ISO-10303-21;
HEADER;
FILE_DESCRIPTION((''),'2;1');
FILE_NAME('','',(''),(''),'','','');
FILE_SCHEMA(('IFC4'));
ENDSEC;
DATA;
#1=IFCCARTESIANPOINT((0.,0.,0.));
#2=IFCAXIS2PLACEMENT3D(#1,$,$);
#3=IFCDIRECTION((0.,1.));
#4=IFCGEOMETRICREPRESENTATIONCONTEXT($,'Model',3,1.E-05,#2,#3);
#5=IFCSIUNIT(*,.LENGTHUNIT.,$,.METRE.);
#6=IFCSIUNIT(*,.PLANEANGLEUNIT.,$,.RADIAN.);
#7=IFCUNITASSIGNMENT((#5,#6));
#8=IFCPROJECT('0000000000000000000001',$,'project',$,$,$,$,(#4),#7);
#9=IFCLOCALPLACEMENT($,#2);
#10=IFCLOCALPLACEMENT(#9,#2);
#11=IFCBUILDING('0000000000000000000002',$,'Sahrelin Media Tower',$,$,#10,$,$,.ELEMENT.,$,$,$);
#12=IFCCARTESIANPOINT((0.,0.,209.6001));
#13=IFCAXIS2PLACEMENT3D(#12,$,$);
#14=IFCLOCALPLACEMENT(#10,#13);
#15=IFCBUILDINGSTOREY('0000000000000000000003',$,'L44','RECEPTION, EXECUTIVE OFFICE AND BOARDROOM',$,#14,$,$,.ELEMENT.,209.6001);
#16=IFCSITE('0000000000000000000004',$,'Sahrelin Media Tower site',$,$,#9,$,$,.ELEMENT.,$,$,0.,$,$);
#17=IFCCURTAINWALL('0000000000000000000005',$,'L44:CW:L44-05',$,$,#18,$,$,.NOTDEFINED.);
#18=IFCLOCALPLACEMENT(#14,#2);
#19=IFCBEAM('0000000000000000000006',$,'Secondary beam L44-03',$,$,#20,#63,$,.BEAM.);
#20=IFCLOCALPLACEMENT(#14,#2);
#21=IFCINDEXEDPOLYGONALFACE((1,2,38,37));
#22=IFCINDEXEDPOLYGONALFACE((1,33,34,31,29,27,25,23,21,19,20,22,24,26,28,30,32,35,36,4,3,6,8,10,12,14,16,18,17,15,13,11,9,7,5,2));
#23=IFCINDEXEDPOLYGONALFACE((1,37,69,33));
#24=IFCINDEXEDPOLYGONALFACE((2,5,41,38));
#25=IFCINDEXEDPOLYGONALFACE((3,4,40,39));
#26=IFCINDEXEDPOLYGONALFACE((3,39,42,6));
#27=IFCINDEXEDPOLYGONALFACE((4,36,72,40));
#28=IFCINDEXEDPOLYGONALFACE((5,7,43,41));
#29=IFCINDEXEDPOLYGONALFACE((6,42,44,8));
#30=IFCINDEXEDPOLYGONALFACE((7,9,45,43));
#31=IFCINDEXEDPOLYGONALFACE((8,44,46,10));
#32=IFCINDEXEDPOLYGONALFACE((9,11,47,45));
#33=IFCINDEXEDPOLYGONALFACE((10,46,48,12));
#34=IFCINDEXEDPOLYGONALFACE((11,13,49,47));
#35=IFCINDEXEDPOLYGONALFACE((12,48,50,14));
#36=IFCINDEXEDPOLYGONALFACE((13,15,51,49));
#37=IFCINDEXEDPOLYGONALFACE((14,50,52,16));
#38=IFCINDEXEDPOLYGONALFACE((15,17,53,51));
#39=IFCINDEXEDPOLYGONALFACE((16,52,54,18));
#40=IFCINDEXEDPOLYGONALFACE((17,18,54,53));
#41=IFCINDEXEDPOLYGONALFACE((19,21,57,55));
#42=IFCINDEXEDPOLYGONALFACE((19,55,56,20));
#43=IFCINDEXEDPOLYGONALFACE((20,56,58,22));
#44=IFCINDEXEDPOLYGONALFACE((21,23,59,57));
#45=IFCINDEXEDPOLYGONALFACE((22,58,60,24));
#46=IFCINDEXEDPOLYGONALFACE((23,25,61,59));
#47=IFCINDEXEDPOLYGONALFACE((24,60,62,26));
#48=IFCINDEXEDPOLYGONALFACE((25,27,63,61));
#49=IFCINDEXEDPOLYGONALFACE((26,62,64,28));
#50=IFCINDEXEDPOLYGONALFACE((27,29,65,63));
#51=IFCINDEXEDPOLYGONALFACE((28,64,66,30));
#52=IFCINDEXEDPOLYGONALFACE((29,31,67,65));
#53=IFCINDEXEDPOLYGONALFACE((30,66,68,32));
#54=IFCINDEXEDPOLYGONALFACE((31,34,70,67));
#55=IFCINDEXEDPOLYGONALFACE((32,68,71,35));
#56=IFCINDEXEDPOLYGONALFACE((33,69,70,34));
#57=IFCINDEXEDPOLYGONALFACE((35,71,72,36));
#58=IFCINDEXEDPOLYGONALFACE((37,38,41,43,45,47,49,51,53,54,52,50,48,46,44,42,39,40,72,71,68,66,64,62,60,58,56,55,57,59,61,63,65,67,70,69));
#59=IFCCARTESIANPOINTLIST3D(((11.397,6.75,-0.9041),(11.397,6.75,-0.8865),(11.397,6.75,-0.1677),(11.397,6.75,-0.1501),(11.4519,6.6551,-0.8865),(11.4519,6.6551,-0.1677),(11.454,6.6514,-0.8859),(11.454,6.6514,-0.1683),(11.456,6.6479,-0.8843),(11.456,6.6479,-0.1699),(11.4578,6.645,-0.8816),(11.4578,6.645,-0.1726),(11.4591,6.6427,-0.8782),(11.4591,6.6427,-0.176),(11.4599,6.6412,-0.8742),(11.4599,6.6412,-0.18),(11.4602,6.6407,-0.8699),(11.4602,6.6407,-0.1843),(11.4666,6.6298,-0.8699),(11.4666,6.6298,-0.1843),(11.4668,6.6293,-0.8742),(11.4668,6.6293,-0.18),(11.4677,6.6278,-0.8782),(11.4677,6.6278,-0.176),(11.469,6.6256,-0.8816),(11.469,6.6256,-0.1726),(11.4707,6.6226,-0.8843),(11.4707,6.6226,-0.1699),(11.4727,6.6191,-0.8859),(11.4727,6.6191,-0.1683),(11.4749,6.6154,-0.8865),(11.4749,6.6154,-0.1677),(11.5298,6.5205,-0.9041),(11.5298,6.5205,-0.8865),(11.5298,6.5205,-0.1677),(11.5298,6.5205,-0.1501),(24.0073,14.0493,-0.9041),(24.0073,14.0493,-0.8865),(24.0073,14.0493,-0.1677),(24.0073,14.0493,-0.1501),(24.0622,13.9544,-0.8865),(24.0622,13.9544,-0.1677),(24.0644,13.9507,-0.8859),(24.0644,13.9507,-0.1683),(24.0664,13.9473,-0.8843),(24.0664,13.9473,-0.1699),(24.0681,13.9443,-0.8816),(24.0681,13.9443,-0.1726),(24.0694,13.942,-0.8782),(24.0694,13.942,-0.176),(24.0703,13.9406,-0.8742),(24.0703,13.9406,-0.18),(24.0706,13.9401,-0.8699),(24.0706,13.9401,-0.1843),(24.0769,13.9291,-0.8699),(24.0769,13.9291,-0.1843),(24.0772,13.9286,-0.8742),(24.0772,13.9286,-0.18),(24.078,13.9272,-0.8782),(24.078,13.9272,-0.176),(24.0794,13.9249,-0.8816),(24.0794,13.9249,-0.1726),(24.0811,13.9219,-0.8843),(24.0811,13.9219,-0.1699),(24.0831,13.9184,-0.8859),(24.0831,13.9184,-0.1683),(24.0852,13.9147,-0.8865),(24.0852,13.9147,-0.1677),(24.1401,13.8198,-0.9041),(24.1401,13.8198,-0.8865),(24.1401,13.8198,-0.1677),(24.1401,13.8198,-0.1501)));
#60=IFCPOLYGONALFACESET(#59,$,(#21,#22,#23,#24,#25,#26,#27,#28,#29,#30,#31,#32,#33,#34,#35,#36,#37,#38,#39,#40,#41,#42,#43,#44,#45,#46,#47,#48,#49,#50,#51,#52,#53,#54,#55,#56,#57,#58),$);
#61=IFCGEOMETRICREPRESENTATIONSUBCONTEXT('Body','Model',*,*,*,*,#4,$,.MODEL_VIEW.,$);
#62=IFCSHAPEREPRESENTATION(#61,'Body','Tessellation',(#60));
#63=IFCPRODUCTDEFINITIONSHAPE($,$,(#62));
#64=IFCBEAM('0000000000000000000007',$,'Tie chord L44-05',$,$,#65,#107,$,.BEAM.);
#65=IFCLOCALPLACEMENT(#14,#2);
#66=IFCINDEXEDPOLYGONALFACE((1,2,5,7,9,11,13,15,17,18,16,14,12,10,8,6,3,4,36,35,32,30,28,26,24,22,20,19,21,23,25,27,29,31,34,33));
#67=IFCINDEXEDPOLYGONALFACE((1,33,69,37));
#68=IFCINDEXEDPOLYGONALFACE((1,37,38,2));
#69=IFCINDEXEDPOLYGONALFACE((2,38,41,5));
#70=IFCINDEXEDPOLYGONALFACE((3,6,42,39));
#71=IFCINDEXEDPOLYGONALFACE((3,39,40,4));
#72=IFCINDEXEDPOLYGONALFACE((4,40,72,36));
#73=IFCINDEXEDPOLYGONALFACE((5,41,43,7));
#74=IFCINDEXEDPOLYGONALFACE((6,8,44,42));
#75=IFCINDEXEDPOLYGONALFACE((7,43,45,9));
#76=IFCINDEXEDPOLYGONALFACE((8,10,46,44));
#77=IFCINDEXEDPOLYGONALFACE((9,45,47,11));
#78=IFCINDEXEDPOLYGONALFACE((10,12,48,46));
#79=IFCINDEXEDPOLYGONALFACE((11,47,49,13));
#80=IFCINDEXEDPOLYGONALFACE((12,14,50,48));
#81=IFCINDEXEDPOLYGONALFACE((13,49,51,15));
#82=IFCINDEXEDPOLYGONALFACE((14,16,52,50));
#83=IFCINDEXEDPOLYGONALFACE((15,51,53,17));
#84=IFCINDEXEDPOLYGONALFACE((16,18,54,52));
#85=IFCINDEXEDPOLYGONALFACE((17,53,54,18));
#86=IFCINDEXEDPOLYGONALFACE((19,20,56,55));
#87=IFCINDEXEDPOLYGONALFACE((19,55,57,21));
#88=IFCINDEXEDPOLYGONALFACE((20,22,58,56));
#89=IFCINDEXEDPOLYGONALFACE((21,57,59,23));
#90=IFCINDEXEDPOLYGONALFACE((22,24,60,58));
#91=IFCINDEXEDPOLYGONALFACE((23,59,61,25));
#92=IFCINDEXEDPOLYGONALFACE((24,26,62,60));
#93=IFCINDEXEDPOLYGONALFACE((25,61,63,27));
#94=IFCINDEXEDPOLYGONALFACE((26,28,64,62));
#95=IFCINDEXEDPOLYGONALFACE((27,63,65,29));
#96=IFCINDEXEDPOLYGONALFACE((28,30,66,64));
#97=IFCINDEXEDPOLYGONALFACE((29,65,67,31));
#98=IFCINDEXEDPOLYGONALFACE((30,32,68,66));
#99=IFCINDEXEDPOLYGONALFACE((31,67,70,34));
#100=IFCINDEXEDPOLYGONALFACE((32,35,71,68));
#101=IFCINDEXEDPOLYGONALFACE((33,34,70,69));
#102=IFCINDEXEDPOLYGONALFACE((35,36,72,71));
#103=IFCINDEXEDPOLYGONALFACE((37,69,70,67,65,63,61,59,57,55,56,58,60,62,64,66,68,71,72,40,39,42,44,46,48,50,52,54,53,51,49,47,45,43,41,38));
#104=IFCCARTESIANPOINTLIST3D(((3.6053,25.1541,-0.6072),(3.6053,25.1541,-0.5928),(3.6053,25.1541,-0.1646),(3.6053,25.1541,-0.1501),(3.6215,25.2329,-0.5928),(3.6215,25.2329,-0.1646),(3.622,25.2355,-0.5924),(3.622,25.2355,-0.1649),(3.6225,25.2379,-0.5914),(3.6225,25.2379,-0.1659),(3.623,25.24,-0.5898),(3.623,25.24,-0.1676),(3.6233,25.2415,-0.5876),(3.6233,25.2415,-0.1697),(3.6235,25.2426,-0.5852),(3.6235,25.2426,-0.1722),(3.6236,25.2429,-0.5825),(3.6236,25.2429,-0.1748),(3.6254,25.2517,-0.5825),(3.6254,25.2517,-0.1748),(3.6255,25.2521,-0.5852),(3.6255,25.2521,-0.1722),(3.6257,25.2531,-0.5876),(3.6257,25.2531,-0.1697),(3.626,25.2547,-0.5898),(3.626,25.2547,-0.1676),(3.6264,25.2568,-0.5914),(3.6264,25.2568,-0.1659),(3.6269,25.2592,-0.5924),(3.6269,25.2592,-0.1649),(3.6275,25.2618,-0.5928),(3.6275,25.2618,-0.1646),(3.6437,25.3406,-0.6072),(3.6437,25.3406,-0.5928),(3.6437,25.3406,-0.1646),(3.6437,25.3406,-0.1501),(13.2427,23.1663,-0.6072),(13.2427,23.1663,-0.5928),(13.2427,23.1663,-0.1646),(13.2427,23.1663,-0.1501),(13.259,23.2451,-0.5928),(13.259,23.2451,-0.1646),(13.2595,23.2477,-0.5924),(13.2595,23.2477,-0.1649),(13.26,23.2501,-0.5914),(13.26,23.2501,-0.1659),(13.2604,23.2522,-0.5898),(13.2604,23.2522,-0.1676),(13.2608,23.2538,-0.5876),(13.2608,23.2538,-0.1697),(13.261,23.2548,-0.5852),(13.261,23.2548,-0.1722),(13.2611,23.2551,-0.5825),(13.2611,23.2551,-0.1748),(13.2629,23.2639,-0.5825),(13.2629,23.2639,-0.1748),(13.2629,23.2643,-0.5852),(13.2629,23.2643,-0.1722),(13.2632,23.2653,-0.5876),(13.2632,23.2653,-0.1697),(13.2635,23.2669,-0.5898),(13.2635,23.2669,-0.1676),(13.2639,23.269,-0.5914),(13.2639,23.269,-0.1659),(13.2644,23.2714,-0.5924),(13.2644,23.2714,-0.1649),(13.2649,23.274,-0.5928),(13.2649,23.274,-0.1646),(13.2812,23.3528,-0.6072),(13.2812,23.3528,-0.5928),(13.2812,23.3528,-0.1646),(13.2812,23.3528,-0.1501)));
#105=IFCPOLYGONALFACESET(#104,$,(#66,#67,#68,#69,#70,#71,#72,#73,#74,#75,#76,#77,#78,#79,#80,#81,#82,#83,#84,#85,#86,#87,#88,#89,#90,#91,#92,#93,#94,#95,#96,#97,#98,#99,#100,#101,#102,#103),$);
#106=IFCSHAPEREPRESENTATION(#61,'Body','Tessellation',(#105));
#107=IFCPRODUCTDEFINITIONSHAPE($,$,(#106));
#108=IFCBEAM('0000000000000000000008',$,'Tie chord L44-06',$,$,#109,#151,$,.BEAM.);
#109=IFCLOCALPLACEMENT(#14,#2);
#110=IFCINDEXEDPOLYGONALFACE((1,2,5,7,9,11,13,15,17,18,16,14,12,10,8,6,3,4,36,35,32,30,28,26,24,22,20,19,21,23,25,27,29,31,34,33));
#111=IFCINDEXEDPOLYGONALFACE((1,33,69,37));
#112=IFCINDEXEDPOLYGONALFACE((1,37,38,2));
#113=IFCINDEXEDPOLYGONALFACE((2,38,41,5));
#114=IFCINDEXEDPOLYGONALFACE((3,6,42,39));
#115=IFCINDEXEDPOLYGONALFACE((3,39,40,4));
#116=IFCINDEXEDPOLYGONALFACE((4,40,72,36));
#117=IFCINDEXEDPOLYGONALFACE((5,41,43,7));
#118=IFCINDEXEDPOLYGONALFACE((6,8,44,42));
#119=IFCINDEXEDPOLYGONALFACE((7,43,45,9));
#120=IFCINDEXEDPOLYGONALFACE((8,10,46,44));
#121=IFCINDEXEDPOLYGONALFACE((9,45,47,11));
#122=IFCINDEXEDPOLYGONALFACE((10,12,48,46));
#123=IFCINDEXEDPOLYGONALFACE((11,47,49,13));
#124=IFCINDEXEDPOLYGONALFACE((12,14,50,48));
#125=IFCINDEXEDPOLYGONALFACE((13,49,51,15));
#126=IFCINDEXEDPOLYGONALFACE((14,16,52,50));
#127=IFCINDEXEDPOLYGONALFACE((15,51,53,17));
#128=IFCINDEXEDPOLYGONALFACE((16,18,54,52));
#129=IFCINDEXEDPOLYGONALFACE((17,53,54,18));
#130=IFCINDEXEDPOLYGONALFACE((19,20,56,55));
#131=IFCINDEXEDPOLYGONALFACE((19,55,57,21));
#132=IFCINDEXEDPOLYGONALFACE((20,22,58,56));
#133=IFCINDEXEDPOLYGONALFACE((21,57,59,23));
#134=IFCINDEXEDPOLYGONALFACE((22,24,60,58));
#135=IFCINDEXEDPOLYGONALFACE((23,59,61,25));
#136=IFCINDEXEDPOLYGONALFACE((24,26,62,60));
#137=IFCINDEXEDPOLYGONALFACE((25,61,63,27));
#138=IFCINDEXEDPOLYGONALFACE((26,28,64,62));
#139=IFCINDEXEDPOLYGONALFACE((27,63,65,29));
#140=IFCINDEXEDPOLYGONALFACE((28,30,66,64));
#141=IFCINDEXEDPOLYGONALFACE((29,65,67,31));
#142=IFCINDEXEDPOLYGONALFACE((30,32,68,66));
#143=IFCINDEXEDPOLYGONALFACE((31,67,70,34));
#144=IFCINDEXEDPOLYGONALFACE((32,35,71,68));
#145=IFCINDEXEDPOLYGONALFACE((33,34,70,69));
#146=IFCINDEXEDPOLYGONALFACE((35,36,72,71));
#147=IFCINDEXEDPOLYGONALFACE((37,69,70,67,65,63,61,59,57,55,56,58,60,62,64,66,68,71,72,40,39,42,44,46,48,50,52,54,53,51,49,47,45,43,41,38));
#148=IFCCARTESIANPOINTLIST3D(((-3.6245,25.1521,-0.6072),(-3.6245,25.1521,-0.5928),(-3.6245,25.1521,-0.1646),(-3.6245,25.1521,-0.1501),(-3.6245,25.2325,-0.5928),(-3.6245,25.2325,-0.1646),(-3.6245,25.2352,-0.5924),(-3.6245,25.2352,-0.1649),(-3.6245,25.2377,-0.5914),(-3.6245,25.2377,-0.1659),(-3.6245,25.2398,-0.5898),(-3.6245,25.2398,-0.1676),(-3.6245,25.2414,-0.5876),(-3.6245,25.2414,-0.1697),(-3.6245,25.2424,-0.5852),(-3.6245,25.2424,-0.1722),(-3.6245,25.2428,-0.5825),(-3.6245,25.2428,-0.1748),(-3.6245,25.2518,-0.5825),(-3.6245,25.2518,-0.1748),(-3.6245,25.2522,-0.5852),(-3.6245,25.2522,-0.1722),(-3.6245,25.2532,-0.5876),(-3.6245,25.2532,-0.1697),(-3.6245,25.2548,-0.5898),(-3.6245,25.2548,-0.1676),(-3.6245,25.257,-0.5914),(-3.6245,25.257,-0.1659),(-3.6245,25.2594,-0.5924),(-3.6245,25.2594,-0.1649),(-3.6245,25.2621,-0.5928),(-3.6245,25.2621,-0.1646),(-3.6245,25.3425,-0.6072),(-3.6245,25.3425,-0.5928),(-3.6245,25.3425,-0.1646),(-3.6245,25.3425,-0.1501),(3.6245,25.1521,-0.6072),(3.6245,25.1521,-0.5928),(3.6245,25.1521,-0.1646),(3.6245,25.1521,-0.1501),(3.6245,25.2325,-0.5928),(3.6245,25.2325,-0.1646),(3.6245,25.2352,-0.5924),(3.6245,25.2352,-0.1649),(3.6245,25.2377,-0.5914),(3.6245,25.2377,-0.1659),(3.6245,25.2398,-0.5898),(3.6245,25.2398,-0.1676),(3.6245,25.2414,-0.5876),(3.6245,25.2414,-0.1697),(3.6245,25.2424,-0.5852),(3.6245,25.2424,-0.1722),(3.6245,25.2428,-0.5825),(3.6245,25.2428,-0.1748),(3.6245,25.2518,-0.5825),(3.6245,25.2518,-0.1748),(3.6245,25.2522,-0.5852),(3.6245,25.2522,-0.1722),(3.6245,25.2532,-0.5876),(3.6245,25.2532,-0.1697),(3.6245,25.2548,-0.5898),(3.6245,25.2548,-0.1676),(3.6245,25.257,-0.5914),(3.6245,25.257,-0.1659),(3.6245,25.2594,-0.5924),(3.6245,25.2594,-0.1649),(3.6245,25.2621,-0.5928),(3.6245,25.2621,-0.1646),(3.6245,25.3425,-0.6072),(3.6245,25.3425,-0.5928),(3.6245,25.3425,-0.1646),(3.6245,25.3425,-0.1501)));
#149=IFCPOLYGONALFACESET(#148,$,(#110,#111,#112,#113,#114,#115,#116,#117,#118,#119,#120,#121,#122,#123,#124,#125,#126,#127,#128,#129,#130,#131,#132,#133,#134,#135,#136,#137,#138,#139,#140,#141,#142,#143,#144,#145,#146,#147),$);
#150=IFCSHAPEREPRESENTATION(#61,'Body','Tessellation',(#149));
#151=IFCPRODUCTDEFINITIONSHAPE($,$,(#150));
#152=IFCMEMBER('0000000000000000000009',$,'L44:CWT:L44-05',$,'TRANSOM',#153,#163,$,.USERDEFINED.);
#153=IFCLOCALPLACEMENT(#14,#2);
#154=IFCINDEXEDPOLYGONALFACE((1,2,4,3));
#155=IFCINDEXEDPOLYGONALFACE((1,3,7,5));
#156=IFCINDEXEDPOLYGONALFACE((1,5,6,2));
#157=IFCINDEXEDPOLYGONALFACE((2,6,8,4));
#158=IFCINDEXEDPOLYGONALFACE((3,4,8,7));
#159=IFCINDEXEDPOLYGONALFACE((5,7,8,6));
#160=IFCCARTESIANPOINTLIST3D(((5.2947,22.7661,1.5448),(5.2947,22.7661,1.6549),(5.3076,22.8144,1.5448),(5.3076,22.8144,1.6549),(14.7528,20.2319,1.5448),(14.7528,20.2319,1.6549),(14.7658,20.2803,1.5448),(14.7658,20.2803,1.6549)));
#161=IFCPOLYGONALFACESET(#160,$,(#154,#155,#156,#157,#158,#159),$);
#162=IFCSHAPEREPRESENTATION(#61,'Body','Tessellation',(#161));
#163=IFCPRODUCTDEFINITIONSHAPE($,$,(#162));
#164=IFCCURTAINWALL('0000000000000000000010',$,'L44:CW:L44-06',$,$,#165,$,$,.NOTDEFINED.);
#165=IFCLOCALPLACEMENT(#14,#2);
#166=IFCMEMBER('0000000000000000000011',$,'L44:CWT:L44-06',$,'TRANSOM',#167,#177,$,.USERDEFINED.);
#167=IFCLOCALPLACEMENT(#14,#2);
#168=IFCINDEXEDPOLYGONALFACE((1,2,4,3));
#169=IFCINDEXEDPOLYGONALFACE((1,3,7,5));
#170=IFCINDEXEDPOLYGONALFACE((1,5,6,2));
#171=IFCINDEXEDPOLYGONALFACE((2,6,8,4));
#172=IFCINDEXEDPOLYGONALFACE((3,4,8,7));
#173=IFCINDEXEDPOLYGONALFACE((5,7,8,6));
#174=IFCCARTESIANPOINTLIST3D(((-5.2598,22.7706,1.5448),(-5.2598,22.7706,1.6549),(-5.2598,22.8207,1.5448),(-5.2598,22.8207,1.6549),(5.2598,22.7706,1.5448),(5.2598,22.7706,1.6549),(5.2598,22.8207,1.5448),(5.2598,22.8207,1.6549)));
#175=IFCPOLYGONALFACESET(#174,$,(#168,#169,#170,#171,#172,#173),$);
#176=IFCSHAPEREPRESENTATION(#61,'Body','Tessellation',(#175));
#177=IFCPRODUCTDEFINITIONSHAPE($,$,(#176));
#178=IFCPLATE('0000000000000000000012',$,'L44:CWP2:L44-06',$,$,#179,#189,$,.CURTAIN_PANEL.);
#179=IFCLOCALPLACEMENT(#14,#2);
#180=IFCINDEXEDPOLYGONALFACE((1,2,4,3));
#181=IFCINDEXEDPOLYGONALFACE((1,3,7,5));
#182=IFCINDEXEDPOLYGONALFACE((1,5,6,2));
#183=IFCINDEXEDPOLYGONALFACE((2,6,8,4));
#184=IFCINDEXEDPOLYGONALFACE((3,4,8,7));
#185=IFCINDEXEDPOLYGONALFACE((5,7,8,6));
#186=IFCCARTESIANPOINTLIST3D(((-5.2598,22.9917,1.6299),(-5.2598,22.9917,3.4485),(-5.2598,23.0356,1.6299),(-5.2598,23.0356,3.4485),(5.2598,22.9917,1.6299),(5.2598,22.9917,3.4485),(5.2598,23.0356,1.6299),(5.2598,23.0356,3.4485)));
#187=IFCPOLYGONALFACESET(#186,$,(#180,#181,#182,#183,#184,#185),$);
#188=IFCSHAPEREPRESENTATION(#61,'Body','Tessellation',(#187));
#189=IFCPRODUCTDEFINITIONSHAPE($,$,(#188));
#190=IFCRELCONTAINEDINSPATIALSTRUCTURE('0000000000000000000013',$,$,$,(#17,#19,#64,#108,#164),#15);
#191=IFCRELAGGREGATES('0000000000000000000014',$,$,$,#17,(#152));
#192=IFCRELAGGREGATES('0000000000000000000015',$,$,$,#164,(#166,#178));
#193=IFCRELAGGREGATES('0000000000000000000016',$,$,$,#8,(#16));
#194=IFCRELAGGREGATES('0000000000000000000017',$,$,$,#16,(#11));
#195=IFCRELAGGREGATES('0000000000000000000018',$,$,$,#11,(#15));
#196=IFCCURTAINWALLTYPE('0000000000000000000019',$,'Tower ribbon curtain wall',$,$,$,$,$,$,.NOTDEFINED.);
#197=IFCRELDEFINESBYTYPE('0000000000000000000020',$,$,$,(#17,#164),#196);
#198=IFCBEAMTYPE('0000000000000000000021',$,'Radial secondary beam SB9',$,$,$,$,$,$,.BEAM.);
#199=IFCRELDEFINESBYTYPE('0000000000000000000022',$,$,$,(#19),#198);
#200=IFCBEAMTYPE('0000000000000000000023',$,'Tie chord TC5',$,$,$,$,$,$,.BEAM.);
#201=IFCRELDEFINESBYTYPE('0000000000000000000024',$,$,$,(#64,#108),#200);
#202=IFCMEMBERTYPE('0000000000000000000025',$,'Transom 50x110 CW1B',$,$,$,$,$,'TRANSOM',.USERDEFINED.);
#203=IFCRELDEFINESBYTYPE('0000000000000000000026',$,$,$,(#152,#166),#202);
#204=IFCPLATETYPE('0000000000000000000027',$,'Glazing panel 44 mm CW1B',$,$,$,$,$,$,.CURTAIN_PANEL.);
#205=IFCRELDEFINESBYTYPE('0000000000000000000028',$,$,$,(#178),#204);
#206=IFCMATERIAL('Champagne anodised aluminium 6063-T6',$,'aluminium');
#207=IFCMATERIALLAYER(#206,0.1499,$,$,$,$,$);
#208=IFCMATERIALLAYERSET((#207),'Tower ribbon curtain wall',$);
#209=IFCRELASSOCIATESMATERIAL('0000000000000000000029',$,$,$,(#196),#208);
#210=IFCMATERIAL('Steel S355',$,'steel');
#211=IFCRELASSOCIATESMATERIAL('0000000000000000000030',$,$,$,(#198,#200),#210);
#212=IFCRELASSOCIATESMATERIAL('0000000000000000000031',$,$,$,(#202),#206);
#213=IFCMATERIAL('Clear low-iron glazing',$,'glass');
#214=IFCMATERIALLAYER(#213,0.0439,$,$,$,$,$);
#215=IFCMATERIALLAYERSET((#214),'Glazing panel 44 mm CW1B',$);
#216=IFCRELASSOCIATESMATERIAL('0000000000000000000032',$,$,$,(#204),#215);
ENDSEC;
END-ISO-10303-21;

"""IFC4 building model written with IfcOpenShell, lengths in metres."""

from ifc_helpers import new_model, si_unit, direction, frame, origin, origin_2d, place, context, subcontext, project, spatial, polyline, rectangle, i_section, outline, extrude, material, layer, layer_set, material_profile, profile_set, type_object, element, aggregate, save


model = new_model("IFC4")

# Units and contexts
model_context = context("Model", 3, precision=1e-05, world=origin(), true_north=direction((0.0, 1.0)))
body_context = subcontext(model_context, "Body", "Model", "MODEL_VIEW")
ifc_project = project(units=[si_unit("LENGTHUNIT", "METRE"), si_unit("PLANEANGLEUNIT", "RADIAN")], contexts=[model_context])

# Site, building, storey
site_placement = place(None, origin())
site = spatial("IfcSite", under=ifc_project, at=site_placement, Name="Sahrelin Media Tower site", CompositionType="ELEMENT", RefElevation=0.0)
building_placement = place(site_placement, origin())
building = spatial("IfcBuilding", under=site, at=building_placement, Name="Sahrelin Media Tower", CompositionType="ELEMENT")
storey_placement = place(building_placement, frame((0.0, 0.0, 209.6001)))
storey = spatial("IfcBuildingStorey", under=building, at=storey_placement, Name="L44", Description="RECEPTION, EXECUTIVE OFFICE AND BOARDROOM", CompositionType="ELEMENT", Elevation=209.6001)

# Shared definitions
ifc_material_1 = material(Name="Steel S355", Category="steel")

# Curtain wall
ifc_material_2 = material(Name="Champagne anodised aluminium 6063-T6", Category="aluminium")
ifc_layer_1 = layer(ifc_material_2, 0.1499)
ifc_layer_set_1 = layer_set([ifc_layer_1], Name="Tower ribbon curtain wall")
curtain_wall_type = type_object("IfcCurtainWallType", Name="Tower ribbon curtain wall", PredefinedType="NOTDEFINED", material=ifc_layer_set_1)
curtain_wall_1_placement = place(storey_placement, frame((10.0872, 21.7356, 0.0), z_axis=(0.0, 0.0, 1.0), x_axis=(1.0, 0.0, 0.0)))
curtain_wall_1 = element("IfcCurtainWall", 1, at=curtain_wall_1_placement, inside=storey, type_object=curtain_wall_type, Name="L44:CW:L44-05", PredefinedType="NOTDEFINED")

# Beams
ifc_material_profile_1 = material_profile(ifc_material_1, i_section(OverallWidth=0.2651, OverallDepth=0.7539, WebThickness=0.0127, FlangeThickness=0.0176, FilletRadius=0.0166, at=origin_2d()), Name="UB 762x267x147")
ifc_profile_set_1 = profile_set([ifc_material_profile_1], Name="Steel S355")
beam_type_1 = type_object("IfcBeamType", Name="Radial secondary beam SB9", PredefinedType="BEAM", material=ifc_profile_set_1)
beam_1_placement = place(storey_placement, frame((11.4634, 6.6353, -0.5271), z_axis=(0.865468, 0.500964, 0.0), x_axis=(-0.500964, 0.865468, 0.0)))
element("IfcBeam", 2, at=beam_1_placement, inside=storey, type_object=beam_type_1, Name="Secondary beam L44-03", PredefinedType="BEAM", context=body_context, shape_type="SweptSolid", body=[
    extrude(i_section(OverallWidth=0.2651, OverallDepth=0.7539, WebThickness=0.0127, FlangeThickness=0.0176, FilletRadius=0.0166, at=origin_2d()), origin(), (0.0, 0.0, 1.0), 14.5706),
])
ifc_material_profile_2 = material_profile(ifc_material_1, i_section(OverallWidth=0.1904, OverallDepth=0.457, WebThickness=0.009, FlangeThickness=0.0144, FilletRadius=0.0103, at=origin_2d()), Name="UB 457x191x74")
ifc_profile_set_2 = profile_set([ifc_material_profile_2], Name="Steel S355")
beam_type_2 = type_object("IfcBeamType", Name="Tie chord TC5", PredefinedType="BEAM", material=ifc_profile_set_2)
beam_2_placement = place(storey_placement, frame((13.262, 23.2595, -0.3787), z_axis=(-0.979384, 0.202005, 0.0), x_axis=(-0.202005, -0.979384, 0.0)))
element("IfcBeam", 3, at=beam_2_placement, inside=storey, type_object=beam_type_2, Name="Tie chord L44-05", PredefinedType="BEAM", context=body_context, shape_type="SweptSolid", body=[
    extrude(i_section(OverallWidth=0.1904, OverallDepth=0.457, WebThickness=0.009, FlangeThickness=0.0144, FilletRadius=0.0103, at=origin_2d()), origin(), (0.0, 0.0, 1.0), 9.8403),
])
beam_3_placement = place(storey_placement, frame((3.6245, 25.2473, -0.3787), z_axis=(-1.0, 0.0, 0.0), x_axis=(0.0, -1.0, 0.0)))
element("IfcBeam", 4, at=beam_3_placement, inside=storey, type_object=beam_type_2, Name="Tie chord L44-06", PredefinedType="BEAM", context=body_context, shape_type="SweptSolid", body=[
    extrude(i_section(OverallWidth=0.1904, OverallDepth=0.457, WebThickness=0.009, FlangeThickness=0.0144, FilletRadius=0.0103, at=origin_2d()), origin(), (0.0, 0.0, 1.0), 7.249),
])

# Member
ifc_material_profile_3 = material_profile(ifc_material_2, rectangle(XDim=0.05, YDim=0.1101, at=origin_2d()), Name="Transom 50x110")
ifc_profile_set_3 = profile_set([ifc_material_profile_3], Name="Champagne anodised aluminium 6063-T6")
member_type_1 = type_object("IfcMemberType", Name="Transom 50x110 CW1B", ElementType="TRANSOM", PredefinedType="USERDEFINED", material=ifc_profile_set_3)
member_1_placement = place(storey_placement, frame((14.7593, 20.2561, 1.5999), z_axis=(-0.96593, 0.258805, 0.0), x_axis=(-0.258805, -0.96593, 0.0)))
member_1 = element("IfcMember", 5, at=member_1_placement, type_object=member_type_1, Name="L44:CWT:L44-05", ObjectType="TRANSOM", PredefinedType="USERDEFINED", context=body_context, shape_type="SweptSolid", body=[
    extrude(rectangle(XDim=0.05, YDim=0.1101, at=origin_2d()), origin(), (0.0, 0.0, 1.0), 9.7917),
])
aggregate(curtain_wall_1, [member_1])

# Curtain wall, member, plate
placement_1 = place(storey_placement, frame((0.0, 23.0156, 0.0), z_axis=(0.0, 0.0, 1.0), x_axis=(1.0, 0.0, 0.0)))
curtain_wall_2 = element("IfcCurtainWall", 6, at=placement_1, inside=storey, type_object=curtain_wall_type, Name="L44:CW:L44-06", PredefinedType="NOTDEFINED")
member_2_placement = place(storey_placement, frame((5.2598, 22.7957, 1.5999), z_axis=(-1.0, 0.0, 0.0), x_axis=(0.0, -1.0, 0.0)))
member_2 = element("IfcMember", 7, at=member_2_placement, type_object=member_type_1, Name="L44:CWT:L44-06", ObjectType="TRANSOM", PredefinedType="USERDEFINED", context=body_context, shape_type="SweptSolid", body=[
    extrude(rectangle(XDim=0.05, YDim=0.1101, at=origin_2d()), origin(), (0.0, 0.0, 1.0), 10.5195),
])
ifc_material_3 = material(Name="Clear low-iron glazing", Category="glass")
ifc_layer_2 = layer(ifc_material_3, 0.0439)
ifc_layer_set_2 = layer_set([ifc_layer_2], Name="Glazing panel 44 mm CW1B")
plate_type_1 = type_object("IfcPlateType", Name="Glazing panel 44 mm CW1B", PredefinedType="CURTAIN_PANEL", material=ifc_layer_set_2)
plate_1_placement = place(storey_placement, frame((5.2598, 23.0356, 1.6299), z_axis=(0.0, 1.0, 0.0), x_axis=(-1.0, 0.0, 0.0)))
plate_1 = element("IfcPlate", 8, at=plate_1_placement, type_object=plate_type_1, Name="L44:CWP2:L44-06", PredefinedType="CURTAIN_PANEL", context=body_context, shape_type="SweptSolid", body=[
    extrude(outline(polyline([(0.0, 0.0), (10.5195, 0.0), (10.5195, 1.8186), (0.0, 1.8186), (0.0, 0.0)])), origin(), (0.0, 0.0, -1.0), 0.0439),
])
aggregate(curtain_wall_2, [member_2, plate_1])

save(model, "model.ifc")
